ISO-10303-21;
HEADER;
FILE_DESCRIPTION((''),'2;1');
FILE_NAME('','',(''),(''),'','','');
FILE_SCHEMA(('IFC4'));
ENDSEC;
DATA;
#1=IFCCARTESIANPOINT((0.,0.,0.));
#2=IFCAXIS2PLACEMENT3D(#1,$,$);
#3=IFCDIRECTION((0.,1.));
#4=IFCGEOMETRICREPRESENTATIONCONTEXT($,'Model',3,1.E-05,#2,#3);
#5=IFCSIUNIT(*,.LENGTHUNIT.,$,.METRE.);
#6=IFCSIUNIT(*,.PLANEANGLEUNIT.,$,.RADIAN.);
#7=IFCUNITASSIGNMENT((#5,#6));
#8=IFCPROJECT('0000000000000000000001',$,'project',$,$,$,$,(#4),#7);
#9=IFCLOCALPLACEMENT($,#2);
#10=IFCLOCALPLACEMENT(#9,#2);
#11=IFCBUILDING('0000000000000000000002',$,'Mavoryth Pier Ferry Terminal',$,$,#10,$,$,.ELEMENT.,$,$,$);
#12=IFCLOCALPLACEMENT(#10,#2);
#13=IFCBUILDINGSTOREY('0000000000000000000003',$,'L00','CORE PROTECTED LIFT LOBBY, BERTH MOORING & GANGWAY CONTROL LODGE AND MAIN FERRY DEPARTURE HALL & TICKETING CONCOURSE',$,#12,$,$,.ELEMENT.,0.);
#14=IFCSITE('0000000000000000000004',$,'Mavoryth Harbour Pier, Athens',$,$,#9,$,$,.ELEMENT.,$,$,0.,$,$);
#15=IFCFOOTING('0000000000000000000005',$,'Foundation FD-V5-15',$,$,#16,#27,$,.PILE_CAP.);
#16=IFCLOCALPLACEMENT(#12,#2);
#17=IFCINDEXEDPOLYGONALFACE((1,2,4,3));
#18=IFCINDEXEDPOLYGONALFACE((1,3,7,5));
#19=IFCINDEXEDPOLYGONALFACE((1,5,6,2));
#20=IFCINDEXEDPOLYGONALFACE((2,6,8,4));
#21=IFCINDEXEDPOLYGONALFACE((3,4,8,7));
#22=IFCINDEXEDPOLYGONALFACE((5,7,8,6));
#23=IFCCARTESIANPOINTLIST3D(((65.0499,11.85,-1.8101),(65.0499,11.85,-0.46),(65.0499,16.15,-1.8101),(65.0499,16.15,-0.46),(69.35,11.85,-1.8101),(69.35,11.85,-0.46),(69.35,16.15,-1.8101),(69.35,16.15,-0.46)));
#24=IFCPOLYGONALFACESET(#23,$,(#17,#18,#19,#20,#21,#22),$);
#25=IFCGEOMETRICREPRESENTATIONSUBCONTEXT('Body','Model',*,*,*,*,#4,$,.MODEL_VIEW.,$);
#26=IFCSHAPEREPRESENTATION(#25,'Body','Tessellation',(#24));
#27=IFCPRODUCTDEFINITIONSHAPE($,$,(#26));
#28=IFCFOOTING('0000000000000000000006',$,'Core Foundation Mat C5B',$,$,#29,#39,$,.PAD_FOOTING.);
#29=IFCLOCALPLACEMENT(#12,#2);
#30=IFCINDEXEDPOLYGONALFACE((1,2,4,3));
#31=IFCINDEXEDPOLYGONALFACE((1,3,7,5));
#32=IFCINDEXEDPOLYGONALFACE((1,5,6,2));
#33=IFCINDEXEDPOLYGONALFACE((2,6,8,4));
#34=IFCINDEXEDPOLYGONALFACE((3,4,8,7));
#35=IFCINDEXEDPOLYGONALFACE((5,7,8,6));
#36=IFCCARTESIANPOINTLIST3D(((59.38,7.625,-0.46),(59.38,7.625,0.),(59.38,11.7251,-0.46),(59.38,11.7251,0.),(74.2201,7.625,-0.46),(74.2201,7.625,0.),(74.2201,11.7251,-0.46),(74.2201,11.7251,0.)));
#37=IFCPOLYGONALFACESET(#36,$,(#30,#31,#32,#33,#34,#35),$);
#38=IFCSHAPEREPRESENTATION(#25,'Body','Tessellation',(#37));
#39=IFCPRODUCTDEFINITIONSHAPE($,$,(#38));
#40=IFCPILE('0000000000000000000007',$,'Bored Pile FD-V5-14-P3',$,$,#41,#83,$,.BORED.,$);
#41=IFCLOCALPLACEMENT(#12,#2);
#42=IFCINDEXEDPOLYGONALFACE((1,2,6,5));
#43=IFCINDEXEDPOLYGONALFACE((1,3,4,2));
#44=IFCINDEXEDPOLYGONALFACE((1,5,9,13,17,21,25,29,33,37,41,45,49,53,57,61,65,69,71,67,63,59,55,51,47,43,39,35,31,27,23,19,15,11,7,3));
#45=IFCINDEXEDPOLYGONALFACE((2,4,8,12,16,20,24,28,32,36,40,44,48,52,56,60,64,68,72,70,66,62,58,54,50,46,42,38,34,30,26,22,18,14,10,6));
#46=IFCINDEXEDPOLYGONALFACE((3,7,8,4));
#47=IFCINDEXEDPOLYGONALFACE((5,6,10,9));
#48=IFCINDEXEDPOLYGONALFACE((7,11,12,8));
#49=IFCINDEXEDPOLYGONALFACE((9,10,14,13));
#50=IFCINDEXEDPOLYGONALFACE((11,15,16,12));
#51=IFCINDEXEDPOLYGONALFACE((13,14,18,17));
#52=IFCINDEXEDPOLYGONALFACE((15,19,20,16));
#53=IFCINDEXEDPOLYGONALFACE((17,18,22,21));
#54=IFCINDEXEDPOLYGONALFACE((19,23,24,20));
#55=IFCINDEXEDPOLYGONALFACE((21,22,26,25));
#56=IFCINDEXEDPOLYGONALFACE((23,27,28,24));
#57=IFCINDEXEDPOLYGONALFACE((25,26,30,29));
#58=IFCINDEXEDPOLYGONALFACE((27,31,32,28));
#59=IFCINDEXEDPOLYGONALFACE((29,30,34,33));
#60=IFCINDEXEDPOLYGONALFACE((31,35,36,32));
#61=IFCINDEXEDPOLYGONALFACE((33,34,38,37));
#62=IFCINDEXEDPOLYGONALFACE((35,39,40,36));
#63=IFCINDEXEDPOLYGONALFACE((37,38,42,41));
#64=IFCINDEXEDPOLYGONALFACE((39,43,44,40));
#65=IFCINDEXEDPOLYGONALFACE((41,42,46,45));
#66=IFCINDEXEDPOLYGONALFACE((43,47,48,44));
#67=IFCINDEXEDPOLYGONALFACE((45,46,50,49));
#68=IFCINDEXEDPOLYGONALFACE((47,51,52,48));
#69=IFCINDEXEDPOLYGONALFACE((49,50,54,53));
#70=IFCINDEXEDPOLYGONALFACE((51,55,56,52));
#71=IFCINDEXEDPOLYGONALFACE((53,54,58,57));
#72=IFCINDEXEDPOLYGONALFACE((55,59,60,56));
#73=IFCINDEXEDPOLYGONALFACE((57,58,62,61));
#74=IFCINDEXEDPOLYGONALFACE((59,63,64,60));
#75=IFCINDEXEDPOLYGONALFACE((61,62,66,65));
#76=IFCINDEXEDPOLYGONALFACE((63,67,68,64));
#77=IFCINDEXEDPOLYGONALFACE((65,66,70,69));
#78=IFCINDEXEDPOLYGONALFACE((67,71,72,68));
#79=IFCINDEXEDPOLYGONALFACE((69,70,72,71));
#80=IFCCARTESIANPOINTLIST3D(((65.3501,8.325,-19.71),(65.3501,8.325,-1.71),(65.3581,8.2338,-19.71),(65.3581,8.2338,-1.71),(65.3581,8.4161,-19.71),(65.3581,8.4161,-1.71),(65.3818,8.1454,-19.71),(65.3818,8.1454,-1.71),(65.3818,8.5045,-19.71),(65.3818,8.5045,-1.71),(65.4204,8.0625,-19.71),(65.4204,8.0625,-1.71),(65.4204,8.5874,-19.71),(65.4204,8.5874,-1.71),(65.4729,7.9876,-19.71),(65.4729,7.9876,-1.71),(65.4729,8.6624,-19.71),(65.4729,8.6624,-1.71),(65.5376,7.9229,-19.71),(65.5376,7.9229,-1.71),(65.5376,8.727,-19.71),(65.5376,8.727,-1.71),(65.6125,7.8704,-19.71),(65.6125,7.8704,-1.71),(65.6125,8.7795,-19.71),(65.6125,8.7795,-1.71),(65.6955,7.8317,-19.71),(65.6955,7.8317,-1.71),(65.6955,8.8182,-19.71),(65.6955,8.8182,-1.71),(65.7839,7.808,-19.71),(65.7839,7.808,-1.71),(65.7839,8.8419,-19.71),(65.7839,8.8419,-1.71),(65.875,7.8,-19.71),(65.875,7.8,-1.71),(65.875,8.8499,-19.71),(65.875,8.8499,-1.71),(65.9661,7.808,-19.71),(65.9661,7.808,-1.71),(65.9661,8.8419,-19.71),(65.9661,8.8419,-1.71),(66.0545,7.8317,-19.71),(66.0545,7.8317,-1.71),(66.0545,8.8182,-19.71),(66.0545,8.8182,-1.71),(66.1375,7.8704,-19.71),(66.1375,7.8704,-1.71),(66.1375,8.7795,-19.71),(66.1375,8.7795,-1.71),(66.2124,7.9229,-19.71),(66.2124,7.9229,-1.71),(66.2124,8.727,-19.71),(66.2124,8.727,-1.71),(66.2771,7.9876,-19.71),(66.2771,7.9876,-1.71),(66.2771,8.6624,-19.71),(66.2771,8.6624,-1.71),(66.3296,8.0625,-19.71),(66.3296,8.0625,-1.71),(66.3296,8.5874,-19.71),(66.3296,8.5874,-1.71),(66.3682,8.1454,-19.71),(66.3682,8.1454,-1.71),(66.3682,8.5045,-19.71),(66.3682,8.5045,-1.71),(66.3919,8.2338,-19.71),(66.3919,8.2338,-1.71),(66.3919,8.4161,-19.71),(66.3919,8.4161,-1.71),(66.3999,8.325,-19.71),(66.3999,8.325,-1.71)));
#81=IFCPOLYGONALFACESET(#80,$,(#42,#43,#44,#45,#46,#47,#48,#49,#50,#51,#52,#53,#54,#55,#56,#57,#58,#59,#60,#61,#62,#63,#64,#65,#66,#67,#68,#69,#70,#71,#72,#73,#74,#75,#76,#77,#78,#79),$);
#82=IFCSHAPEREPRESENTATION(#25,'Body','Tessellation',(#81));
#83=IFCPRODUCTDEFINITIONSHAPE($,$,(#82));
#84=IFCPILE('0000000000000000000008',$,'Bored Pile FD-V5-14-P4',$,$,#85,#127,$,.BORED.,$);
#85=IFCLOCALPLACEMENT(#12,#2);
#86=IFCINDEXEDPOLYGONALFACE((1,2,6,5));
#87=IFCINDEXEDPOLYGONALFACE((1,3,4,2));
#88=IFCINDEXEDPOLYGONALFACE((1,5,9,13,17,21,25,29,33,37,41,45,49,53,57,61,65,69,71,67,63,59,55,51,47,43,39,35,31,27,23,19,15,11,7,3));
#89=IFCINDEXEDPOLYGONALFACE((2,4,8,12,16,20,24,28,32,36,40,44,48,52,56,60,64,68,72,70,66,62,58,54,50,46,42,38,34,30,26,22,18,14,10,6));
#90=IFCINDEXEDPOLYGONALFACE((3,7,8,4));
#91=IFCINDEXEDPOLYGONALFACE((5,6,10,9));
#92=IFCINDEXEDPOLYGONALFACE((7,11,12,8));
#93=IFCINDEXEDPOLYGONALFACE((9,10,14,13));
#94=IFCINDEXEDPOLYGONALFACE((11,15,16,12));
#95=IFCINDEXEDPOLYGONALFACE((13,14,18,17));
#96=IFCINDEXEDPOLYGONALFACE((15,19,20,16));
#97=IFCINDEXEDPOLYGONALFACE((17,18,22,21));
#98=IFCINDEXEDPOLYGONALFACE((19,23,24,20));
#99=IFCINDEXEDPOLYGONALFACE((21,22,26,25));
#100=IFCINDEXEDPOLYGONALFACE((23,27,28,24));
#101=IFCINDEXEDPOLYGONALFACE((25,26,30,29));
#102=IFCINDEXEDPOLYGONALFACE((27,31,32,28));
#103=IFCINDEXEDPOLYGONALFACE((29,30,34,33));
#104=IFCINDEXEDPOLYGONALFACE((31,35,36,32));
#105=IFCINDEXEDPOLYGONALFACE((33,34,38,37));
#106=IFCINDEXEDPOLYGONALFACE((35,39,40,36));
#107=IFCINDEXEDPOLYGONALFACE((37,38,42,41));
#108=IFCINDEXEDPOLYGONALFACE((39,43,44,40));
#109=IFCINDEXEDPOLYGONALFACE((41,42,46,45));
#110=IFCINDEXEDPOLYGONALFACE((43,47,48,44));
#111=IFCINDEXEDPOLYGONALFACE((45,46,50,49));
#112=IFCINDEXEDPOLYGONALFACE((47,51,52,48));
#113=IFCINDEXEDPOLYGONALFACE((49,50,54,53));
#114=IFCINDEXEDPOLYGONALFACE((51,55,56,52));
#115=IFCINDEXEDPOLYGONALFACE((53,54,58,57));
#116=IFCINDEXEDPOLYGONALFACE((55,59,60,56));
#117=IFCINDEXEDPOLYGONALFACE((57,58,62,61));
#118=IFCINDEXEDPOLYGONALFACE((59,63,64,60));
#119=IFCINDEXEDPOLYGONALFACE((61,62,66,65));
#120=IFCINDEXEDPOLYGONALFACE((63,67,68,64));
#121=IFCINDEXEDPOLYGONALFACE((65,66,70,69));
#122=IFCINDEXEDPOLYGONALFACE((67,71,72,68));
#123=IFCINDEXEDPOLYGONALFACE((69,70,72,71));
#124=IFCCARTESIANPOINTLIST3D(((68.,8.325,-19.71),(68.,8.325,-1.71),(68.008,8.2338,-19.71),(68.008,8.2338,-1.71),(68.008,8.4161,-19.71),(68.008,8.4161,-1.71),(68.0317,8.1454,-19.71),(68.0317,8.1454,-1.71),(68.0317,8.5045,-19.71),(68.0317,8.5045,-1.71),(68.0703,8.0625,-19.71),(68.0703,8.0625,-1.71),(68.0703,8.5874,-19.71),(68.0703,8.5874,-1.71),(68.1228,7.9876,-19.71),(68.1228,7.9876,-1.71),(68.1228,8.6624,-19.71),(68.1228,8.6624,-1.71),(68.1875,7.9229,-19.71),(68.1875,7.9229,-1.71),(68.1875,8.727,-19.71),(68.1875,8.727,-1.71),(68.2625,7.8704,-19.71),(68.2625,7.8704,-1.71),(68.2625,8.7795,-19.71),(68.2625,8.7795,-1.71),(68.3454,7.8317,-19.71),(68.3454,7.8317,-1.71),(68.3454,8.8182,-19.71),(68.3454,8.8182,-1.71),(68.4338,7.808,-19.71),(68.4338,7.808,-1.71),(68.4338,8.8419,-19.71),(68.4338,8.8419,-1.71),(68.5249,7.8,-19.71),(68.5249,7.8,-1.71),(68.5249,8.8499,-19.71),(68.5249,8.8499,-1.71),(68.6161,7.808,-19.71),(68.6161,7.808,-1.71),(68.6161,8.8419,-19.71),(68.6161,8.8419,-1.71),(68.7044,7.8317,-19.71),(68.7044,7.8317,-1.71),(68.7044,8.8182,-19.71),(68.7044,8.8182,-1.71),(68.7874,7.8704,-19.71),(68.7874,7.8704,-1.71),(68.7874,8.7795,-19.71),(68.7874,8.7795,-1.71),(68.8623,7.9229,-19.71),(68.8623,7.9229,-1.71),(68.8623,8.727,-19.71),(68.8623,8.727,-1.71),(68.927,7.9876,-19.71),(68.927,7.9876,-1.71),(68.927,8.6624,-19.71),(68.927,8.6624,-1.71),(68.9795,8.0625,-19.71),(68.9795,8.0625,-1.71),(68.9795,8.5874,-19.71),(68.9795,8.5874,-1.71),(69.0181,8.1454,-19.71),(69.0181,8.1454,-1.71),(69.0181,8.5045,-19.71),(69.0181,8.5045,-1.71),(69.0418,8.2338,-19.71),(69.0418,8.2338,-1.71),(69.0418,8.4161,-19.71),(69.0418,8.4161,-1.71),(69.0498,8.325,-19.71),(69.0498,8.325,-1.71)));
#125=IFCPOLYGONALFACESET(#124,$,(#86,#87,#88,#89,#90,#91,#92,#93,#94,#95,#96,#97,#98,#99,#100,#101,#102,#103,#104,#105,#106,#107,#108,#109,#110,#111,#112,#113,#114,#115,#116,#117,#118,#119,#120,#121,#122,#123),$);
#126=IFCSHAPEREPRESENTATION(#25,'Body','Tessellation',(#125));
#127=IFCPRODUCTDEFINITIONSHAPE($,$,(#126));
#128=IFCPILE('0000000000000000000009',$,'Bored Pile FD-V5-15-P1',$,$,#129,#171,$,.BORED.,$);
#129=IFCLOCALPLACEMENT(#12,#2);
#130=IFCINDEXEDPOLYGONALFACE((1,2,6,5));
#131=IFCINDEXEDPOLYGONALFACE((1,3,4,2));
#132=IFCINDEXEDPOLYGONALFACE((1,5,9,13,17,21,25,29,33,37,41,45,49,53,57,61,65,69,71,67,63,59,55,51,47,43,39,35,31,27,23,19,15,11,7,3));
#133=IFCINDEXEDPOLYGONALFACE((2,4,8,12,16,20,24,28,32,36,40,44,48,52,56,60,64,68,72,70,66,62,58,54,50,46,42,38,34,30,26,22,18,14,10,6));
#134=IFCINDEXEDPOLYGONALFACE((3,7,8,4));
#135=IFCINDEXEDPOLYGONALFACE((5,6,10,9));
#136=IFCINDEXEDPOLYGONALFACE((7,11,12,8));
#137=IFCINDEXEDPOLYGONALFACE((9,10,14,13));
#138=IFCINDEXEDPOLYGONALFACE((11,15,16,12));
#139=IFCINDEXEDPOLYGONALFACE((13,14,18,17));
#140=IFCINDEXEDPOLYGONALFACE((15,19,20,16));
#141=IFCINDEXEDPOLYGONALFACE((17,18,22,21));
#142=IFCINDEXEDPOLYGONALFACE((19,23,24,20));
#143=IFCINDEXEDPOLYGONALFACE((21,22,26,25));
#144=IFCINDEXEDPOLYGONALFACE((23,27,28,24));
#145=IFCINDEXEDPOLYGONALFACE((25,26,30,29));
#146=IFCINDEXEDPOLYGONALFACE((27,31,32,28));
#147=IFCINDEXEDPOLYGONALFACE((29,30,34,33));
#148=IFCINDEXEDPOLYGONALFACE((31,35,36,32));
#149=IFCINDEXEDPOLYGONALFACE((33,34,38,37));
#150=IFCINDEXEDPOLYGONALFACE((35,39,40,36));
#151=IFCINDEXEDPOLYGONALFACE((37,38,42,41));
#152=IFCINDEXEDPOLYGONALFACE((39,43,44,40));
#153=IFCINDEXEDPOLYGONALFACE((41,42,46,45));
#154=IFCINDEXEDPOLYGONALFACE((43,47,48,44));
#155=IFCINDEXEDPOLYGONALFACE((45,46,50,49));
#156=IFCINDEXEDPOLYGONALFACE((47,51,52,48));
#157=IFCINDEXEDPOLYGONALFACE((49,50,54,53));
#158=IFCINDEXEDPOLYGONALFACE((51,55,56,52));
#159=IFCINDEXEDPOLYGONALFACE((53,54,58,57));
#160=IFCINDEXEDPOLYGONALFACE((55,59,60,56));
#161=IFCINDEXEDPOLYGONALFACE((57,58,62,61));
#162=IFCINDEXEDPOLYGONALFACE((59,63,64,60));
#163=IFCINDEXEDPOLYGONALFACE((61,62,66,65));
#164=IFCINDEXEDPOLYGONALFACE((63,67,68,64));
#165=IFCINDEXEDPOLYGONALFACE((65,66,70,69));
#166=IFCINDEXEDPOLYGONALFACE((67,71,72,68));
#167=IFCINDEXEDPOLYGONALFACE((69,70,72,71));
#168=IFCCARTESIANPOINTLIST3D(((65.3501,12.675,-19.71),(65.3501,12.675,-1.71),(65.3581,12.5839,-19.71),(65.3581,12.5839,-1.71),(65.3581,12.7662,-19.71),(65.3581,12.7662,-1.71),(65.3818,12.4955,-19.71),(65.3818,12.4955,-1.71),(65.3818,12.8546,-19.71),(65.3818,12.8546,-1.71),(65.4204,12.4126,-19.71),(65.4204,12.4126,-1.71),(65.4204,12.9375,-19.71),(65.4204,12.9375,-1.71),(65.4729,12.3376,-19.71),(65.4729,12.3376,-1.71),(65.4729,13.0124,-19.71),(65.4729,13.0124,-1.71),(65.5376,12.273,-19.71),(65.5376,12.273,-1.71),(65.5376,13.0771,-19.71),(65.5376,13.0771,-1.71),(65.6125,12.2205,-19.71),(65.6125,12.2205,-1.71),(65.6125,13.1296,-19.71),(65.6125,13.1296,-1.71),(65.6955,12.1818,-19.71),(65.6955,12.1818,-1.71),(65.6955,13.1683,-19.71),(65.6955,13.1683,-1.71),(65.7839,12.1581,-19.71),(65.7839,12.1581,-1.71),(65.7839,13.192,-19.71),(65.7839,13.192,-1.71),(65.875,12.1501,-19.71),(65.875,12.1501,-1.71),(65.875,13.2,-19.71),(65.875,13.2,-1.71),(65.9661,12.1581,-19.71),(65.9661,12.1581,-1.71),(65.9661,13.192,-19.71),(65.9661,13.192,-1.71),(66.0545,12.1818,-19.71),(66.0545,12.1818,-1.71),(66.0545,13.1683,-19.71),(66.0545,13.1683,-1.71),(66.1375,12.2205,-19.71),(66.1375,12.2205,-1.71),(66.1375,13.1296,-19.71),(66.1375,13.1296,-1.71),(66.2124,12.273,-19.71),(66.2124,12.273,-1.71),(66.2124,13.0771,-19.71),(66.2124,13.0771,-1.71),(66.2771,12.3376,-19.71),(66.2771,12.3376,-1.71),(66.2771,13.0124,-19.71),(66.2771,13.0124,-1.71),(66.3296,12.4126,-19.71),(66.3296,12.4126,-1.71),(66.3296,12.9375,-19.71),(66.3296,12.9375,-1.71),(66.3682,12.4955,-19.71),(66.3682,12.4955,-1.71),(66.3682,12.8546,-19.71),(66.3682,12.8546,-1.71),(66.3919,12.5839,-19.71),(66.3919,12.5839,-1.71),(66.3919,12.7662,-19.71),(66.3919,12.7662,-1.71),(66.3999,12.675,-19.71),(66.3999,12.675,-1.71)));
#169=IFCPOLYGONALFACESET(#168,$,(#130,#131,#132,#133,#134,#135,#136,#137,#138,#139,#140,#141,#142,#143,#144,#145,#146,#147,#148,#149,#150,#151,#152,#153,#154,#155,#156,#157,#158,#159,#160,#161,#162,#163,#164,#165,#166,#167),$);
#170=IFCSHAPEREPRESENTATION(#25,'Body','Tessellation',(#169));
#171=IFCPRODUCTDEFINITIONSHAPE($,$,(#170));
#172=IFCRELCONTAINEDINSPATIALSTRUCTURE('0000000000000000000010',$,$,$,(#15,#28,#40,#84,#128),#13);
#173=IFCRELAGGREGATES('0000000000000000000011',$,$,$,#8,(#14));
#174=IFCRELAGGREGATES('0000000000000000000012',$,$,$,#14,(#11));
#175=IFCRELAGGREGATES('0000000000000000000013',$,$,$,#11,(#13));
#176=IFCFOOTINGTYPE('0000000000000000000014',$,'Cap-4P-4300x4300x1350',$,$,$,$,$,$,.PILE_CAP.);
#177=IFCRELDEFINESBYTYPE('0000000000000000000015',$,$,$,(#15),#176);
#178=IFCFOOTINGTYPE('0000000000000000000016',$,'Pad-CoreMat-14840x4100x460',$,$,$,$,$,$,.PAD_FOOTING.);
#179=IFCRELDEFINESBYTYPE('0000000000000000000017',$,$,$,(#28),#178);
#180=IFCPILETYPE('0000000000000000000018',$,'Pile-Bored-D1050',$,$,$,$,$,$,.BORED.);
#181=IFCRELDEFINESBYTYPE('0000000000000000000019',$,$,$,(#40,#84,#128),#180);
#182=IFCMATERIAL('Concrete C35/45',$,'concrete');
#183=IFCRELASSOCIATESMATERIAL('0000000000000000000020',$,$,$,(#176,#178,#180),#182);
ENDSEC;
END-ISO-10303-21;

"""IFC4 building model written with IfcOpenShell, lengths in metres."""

from ifc_helpers import new_model, si_unit, direction, frame, origin, origin_2d, place, context, subcontext, project, spatial, rectangle, circle, extrude, material, material_profile, profile_set, type_object, element, save


model = new_model("IFC4")

# Units and contexts
model_context = context("Model", 3, precision=1e-05, world=origin(), true_north=direction((0.0, 1.0)))
body_context = subcontext(model_context, "Body", "Model", "MODEL_VIEW")
ifc_project = project(units=[si_unit("LENGTHUNIT", "METRE"), si_unit("PLANEANGLEUNIT", "RADIAN")], contexts=[model_context])

# Site, building, storey
site_placement = place(None, origin())
site = spatial("IfcSite", under=ifc_project, at=site_placement, Name="Mavoryth Harbour Pier, Athens", CompositionType="ELEMENT", RefElevation=0.0)
building_placement = place(site_placement, origin())
building = spatial("IfcBuilding", under=site, at=building_placement, Name="Mavoryth Pier Ferry Terminal", CompositionType="ELEMENT")
storey_placement = place(building_placement, origin())
storey = spatial("IfcBuildingStorey", under=building, at=storey_placement, Name="L00", Description="CORE PROTECTED LIFT LOBBY, BERTH MOORING & GANGWAY CONTROL LODGE AND MAIN FERRY DEPARTURE HALL & TICKETING CONCOURSE", CompositionType="ELEMENT", Elevation=0.0)

# Footings
ifc_material_1 = material(Name="Concrete C35/45", Category="concrete")
footing_type_1 = type_object("IfcFootingType", Name="Cap-4P-4300x4300x1350", PredefinedType="PILE_CAP", material=ifc_material_1)
footing_1_placement = place(storey_placement, frame((67.2, 14.0, -1.8101), z_axis=(0.0, 0.0, 1.0), x_axis=(1.0, 0.0, 0.0)))
element("IfcFooting", 1, at=footing_1_placement, inside=storey, type_object=footing_type_1, Name="Foundation FD-V5-15", PredefinedType="PILE_CAP", context=body_context, shape_type="SweptSolid", body=[
    extrude(rectangle(XDim=4.3, YDim=4.3, at=origin_2d()), origin(), (0.0, 0.0, 1.0), 1.3501),
])
footing_type_2 = type_object("IfcFootingType", Name="Pad-CoreMat-14840x4100x460", PredefinedType="PAD_FOOTING", material=ifc_material_1)
footing_2_placement = place(storey_placement, frame((66.8, 9.675, -0.46), z_axis=(0.0, 0.0, 1.0), x_axis=(1.0, 0.0, 0.0)))
element("IfcFooting", 2, at=footing_2_placement, inside=storey, type_object=footing_type_2, Name="Core Foundation Mat C5B", PredefinedType="PAD_FOOTING", context=body_context, shape_type="SweptSolid", body=[
    extrude(rectangle(XDim=14.8401, YDim=4.1001, at=origin_2d()), origin(), (0.0, 0.0, 1.0), 0.46),
])

# Piles
ifc_material_profile_1 = material_profile(ifc_material_1, circle(Radius=0.5249, at=origin_2d()), Name="PILE D1050", Category="concrete")
ifc_profile_set_1 = profile_set([ifc_material_profile_1], Name="Concrete C35/45 - PILE D1050")
pile_type = type_object("IfcPileType", Name="Pile-Bored-D1050", PredefinedType="BORED", material=ifc_profile_set_1)
for number, where, z_axis, x_axis, name in (
    (3, (65.875, 8.325, -1.71), (0.0, 0.0, -1.0), (1.0, 0.0, 0.0), "Bored Pile FD-V5-14-P3"),
    (4, (68.5249, 8.325, -1.71), (0.0, 0.0, -1.0), (1.0, 0.0, 0.0), "Bored Pile FD-V5-14-P4"),
    (5, (65.875, 12.675, -1.71), (0.0, 0.0, -1.0), (1.0, 0.0, 0.0), "Bored Pile FD-V5-15-P1"),
):
    element("IfcPile", number, at=place(storey_placement, frame(where, z_axis=z_axis, x_axis=x_axis)), inside=storey, type_object=pile_type, Name=name, PredefinedType="BORED", context=body_context, shape_type="SweptSolid", body=[
        extrude(circle(Radius=0.5249, at=origin_2d()), origin(), (0.0, 0.0, 1.0), 18.0),
    ])

save(model, "model.ifc")
